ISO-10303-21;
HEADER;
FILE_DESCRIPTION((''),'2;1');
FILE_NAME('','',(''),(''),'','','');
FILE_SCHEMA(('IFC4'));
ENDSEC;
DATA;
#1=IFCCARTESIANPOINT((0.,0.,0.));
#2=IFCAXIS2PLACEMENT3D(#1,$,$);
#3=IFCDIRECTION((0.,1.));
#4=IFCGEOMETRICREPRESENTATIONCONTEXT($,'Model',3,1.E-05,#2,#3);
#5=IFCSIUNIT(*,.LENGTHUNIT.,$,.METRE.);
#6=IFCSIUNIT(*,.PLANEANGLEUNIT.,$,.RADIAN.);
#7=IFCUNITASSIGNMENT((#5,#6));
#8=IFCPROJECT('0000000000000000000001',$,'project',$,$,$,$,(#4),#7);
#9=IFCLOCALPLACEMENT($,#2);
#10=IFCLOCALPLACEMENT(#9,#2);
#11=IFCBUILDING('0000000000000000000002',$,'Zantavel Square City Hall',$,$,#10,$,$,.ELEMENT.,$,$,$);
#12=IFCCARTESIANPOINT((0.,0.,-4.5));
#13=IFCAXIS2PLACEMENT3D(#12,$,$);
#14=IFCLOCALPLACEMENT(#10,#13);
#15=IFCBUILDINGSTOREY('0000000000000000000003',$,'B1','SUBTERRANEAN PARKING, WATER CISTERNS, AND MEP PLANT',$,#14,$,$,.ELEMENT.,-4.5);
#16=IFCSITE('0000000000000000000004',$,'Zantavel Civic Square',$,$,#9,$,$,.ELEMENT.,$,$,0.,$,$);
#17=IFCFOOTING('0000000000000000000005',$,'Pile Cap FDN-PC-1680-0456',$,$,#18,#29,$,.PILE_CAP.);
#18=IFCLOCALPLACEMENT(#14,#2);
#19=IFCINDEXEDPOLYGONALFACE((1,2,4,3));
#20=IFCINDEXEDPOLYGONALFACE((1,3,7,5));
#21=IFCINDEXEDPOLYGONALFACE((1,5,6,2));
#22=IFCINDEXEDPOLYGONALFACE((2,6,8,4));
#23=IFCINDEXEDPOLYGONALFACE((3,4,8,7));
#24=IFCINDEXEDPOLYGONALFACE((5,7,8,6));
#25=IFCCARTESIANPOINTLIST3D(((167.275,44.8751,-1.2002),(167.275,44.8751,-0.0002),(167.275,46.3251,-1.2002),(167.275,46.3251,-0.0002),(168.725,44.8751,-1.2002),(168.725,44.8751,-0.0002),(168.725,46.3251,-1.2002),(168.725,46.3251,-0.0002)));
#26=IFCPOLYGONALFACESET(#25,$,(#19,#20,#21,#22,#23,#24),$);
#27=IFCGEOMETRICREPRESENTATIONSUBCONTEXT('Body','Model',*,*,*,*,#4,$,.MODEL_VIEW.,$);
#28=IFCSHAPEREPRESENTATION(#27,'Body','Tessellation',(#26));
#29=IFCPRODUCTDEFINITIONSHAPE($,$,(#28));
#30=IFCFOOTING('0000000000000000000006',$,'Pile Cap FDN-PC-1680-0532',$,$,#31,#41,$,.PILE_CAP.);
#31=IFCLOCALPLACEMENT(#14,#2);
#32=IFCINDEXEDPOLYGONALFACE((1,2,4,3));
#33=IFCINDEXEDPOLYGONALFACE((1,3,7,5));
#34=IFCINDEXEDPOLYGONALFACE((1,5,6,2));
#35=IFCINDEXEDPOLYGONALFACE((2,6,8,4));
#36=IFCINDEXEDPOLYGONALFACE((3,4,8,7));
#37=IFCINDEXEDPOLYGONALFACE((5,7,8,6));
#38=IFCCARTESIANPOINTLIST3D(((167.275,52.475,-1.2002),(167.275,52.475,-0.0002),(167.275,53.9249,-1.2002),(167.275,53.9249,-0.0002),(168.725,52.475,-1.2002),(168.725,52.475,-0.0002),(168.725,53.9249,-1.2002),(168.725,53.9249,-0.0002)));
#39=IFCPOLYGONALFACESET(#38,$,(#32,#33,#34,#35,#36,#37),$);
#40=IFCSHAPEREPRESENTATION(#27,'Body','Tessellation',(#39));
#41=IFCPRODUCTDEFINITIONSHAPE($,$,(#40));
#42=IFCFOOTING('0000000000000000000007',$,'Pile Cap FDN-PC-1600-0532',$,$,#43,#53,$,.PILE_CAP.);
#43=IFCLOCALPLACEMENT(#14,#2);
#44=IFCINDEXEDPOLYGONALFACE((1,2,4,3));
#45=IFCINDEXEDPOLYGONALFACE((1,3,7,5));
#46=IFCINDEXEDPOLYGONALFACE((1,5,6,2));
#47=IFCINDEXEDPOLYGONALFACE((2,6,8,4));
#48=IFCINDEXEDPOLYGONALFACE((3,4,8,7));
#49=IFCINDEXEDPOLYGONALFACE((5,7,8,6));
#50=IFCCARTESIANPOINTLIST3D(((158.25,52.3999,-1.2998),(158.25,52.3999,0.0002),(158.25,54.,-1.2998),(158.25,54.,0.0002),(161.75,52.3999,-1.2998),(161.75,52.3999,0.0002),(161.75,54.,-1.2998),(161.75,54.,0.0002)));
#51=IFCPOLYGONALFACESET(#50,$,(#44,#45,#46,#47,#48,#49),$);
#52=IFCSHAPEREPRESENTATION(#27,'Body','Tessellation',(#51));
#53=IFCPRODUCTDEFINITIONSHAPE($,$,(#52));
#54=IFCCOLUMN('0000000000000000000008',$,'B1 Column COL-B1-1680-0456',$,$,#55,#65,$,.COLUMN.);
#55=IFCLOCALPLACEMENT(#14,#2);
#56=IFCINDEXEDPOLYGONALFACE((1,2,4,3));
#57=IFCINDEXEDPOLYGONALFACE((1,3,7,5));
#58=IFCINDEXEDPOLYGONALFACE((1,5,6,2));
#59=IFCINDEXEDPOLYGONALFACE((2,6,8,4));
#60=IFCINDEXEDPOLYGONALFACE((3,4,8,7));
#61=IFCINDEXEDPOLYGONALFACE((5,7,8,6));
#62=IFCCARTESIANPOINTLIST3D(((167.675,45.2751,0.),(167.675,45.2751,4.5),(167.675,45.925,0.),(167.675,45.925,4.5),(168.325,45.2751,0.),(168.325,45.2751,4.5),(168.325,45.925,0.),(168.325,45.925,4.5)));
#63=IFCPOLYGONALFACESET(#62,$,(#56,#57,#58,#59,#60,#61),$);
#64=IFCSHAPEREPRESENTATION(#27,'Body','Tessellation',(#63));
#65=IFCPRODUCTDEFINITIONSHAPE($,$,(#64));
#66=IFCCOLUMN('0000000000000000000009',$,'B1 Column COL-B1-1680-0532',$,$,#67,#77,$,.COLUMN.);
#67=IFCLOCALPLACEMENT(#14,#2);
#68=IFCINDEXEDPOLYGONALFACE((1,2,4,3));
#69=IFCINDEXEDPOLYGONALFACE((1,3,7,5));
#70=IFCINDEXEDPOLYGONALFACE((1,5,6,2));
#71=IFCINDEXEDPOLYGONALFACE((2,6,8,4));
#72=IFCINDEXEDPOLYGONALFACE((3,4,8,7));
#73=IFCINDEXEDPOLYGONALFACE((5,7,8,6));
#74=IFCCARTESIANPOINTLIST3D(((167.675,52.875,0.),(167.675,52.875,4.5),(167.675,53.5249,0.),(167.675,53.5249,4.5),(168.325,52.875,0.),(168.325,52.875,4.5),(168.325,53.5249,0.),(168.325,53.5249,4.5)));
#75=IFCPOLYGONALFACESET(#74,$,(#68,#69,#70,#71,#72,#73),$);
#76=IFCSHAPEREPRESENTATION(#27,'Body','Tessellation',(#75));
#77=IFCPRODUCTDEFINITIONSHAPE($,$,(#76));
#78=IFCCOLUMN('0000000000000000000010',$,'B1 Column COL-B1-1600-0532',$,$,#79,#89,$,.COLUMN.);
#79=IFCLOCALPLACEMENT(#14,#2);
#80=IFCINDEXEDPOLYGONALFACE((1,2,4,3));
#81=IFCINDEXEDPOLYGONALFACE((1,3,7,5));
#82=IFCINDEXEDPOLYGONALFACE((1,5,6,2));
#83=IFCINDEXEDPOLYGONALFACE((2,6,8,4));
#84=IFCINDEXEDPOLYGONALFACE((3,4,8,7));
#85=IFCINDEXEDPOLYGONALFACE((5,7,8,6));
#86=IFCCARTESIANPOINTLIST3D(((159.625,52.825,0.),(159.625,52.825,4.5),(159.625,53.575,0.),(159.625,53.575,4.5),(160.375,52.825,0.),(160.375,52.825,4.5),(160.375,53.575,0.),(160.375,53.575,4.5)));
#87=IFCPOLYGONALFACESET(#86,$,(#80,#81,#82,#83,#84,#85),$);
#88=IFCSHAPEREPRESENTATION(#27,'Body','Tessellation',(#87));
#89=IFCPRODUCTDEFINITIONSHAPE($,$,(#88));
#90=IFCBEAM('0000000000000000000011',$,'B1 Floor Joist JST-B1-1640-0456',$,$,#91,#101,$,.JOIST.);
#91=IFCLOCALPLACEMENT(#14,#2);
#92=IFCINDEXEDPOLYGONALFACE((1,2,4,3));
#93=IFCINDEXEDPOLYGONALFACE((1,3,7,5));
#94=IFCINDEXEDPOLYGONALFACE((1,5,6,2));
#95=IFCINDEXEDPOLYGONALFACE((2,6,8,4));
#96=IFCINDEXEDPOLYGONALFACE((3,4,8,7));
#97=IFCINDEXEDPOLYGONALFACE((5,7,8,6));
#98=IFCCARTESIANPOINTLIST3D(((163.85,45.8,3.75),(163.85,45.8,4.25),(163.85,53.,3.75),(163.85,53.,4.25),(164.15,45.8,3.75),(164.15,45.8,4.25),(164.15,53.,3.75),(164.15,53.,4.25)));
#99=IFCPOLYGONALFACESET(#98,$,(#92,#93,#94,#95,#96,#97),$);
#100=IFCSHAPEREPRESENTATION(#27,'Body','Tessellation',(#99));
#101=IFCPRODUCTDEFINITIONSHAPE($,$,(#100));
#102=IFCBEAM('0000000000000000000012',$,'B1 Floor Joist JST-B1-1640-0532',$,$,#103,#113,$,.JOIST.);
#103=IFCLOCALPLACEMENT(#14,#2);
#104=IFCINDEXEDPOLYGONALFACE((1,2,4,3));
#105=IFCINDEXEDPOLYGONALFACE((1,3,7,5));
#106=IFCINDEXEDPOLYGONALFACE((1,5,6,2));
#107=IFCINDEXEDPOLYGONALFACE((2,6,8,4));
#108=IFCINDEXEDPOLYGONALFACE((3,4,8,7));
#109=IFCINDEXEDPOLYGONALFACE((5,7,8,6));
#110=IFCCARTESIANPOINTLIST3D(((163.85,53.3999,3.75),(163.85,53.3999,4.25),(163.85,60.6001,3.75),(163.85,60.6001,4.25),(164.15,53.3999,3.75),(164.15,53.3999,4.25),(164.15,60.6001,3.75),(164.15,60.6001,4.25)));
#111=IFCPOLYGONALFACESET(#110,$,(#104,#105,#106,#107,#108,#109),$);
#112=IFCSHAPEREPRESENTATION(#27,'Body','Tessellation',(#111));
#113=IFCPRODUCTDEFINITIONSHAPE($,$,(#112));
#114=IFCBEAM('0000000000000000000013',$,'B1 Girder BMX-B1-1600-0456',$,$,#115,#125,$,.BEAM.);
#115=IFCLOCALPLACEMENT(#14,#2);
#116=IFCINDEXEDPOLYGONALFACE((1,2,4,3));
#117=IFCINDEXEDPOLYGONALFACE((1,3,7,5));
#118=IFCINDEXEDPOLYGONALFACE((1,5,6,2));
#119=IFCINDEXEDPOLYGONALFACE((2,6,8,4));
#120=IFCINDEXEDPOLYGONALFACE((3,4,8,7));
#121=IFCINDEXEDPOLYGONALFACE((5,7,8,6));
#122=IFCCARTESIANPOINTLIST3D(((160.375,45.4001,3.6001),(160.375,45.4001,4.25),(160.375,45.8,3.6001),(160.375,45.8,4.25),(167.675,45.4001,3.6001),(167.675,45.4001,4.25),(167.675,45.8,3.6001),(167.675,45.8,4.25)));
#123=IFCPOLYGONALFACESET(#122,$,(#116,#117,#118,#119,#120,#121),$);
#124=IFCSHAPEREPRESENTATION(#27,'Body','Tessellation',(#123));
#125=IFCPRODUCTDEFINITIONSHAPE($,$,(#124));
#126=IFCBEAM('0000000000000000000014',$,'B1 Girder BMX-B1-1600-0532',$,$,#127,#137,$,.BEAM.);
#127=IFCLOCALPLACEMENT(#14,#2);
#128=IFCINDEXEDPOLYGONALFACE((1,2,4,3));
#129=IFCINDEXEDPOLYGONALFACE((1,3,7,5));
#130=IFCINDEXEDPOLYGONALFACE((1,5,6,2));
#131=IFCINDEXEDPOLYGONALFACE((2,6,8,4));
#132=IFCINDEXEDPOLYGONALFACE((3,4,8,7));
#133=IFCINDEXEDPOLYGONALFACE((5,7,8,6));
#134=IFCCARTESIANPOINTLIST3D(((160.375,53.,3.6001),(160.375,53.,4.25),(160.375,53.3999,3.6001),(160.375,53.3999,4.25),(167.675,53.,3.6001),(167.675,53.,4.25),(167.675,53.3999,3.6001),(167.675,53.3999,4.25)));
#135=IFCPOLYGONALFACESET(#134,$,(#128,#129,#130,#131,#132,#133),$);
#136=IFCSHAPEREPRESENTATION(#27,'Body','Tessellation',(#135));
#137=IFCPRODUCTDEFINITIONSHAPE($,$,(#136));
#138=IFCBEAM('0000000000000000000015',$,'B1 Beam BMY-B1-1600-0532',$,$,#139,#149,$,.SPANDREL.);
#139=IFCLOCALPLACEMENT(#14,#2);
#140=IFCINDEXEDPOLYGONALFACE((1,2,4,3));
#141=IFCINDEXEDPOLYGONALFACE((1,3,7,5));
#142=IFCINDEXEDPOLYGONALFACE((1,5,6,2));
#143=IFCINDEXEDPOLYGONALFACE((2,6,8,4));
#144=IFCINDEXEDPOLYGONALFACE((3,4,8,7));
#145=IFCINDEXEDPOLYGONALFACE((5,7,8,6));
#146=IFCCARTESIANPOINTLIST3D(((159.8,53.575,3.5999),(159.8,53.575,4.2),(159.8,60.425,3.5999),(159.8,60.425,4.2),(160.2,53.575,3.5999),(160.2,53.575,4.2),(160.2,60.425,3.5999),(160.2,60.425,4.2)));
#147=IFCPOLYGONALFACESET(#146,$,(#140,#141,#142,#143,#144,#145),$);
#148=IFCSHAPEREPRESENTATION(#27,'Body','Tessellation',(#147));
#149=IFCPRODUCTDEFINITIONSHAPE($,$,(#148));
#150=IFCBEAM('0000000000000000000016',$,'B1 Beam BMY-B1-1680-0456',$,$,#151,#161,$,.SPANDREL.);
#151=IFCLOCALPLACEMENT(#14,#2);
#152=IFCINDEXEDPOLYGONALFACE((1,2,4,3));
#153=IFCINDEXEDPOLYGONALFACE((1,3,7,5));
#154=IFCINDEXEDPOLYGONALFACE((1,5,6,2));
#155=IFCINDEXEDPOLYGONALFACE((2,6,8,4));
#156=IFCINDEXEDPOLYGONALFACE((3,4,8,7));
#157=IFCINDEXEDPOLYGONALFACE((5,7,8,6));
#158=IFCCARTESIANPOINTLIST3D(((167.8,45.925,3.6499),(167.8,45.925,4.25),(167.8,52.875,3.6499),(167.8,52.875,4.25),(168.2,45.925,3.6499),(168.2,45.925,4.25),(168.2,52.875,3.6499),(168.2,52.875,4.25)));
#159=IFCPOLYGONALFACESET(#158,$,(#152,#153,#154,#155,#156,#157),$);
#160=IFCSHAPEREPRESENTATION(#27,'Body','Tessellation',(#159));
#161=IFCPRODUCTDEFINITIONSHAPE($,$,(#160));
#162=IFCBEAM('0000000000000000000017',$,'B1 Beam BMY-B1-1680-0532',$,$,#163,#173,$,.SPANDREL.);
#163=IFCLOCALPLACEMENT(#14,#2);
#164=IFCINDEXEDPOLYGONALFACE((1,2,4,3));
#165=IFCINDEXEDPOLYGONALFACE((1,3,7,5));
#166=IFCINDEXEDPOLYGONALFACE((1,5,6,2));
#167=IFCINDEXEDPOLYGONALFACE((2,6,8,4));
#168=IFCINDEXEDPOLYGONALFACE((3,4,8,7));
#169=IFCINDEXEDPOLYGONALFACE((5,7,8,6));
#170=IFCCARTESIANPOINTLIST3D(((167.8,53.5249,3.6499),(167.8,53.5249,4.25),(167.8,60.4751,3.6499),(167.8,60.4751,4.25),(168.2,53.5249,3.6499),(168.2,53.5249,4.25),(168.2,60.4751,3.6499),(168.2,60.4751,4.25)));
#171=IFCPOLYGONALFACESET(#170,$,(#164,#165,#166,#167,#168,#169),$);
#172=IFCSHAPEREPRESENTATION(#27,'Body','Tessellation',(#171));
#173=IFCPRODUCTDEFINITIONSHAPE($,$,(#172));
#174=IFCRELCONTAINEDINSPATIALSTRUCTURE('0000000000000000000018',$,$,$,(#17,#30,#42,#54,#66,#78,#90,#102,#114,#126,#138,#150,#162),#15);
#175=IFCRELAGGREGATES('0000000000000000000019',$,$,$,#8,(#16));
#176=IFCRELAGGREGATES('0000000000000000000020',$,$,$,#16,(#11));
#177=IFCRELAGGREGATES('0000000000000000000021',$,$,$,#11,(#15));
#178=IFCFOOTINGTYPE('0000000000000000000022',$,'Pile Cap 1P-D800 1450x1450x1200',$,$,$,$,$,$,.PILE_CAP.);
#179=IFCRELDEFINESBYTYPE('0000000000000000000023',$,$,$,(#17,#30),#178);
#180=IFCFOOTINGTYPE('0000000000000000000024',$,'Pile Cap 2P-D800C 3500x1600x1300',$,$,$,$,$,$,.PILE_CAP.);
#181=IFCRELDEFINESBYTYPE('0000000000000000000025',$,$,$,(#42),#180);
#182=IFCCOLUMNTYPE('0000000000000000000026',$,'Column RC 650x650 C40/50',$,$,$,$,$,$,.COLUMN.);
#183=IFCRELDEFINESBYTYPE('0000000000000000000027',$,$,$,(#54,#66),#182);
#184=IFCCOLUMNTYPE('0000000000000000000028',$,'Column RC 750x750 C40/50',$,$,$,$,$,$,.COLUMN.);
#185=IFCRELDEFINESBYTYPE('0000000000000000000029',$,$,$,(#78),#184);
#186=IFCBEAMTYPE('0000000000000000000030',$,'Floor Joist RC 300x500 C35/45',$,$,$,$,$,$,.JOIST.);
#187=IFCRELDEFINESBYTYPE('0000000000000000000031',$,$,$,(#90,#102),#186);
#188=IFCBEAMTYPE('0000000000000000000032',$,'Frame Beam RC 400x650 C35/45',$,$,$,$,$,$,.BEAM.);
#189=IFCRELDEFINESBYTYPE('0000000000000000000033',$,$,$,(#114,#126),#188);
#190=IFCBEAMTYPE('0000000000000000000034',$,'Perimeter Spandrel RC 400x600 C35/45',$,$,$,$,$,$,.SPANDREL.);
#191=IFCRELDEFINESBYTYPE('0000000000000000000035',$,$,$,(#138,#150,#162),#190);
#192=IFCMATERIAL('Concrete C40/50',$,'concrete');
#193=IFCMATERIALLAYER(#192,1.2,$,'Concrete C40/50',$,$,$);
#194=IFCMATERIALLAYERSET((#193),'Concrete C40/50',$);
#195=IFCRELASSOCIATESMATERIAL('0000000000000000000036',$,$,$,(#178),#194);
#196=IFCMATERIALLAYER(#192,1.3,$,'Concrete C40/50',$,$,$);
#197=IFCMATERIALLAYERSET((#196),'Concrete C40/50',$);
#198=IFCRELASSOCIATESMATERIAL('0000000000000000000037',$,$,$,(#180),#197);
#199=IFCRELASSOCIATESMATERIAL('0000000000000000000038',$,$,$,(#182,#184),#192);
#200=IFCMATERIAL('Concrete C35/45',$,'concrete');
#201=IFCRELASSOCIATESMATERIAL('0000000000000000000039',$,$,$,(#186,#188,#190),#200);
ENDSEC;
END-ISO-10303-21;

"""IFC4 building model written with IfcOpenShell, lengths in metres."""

from ifc_helpers import new_model, si_unit, direction, frame, origin, origin_2d, place, context, subcontext, project, spatial, rectangle, extrude, material, layer, layer_set, material_profile, profile_set, type_object, element, save


model = new_model("IFC4")

# Units and contexts
model_context = context("Model", 3, precision=1e-05, world=origin(), true_north=direction((0.0, 1.0)))
body_context = subcontext(model_context, "Body", "Model", "MODEL_VIEW")
ifc_project = project(units=[si_unit("LENGTHUNIT", "METRE"), si_unit("PLANEANGLEUNIT", "RADIAN")], contexts=[model_context])

# Site, building, storey
site_placement = place(None, origin())
site = spatial("IfcSite", under=ifc_project, at=site_placement, Name="Zantavel Civic Square", CompositionType="ELEMENT", RefElevation=0.0)
building_placement = place(site_placement, origin())
building = spatial("IfcBuilding", under=site, at=building_placement, Name="Zantavel Square City Hall", CompositionType="ELEMENT")
storey_placement = place(building_placement, frame((0.0, 0.0, -4.5)))
storey = spatial("IfcBuildingStorey", under=building, at=storey_placement, Name="B1", Description="SUBTERRANEAN PARKING, WATER CISTERNS, AND MEP PLANT", CompositionType="ELEMENT", Elevation=-4.5)

# Shared definitions
ifc_material_1 = material(Name="Concrete C35/45", Category="concrete")

# Footings
ifc_material_2 = material(Name="Concrete C40/50", Category="concrete")
ifc_layer_1 = layer(ifc_material_2, 1.2, Name="Concrete C40/50")
ifc_layer_set_1 = layer_set([ifc_layer_1], Name="Concrete C40/50")
footing_type_1 = type_object("IfcFootingType", Name="Pile Cap 1P-D800 1450x1450x1200", PredefinedType="PILE_CAP", material=ifc_layer_set_1)
for number, where, z_axis, x_axis, name in (
    (1, (168.0, 45.6001, -1.2002), (0.0, 0.0, 1.0), (1.0, 0.0, 0.0), "Pile Cap FDN-PC-1680-0456"),
    (2, (168.0, 53.2, -1.2002), (0.0, 0.0, 1.0), (1.0, 0.0, 0.0), "Pile Cap FDN-PC-1680-0532"),
):
    element("IfcFooting", number, at=place(storey_placement, frame(where, z_axis=z_axis, x_axis=x_axis)), inside=storey, type_object=footing_type_1, Name=name, PredefinedType="PILE_CAP", context=body_context, shape_type="SweptSolid", body=[
        extrude(rectangle(XDim=1.45, YDim=1.45, at=origin_2d()), origin(), (0.0, 0.0, 1.0), 1.2),
    ])
ifc_layer_2 = layer(ifc_material_2, 1.3, Name="Concrete C40/50")
ifc_layer_set_2 = layer_set([ifc_layer_2], Name="Concrete C40/50")
footing_type_2 = type_object("IfcFootingType", Name="Pile Cap 2P-D800C 3500x1600x1300", PredefinedType="PILE_CAP", material=ifc_layer_set_2)
footing_1_placement = place(storey_placement, frame((160.0, 53.2, -1.2998), z_axis=(0.0, 0.0, 1.0), x_axis=(1.0, 0.0, 0.0)))
element("IfcFooting", 3, at=footing_1_placement, inside=storey, type_object=footing_type_2, Name="Pile Cap FDN-PC-1600-0532", PredefinedType="PILE_CAP", context=body_context, shape_type="SweptSolid", body=[
    extrude(rectangle(XDim=3.5, YDim=1.6001, at=origin_2d()), origin(), (0.0, 0.0, 1.0), 1.3),
])

# Columns
ifc_material_profile_1 = material_profile(ifc_material_2, rectangle(XDim=0.6499, YDim=0.6499, at=origin_2d()), Name="RC 650x650")
ifc_profile_set_1 = profile_set([ifc_material_profile_1], Name="Concrete C40/50")
column_type_1 = type_object("IfcColumnType", Name="Column RC 650x650 C40/50", PredefinedType="COLUMN", material=ifc_profile_set_1)
for number, where, z_axis, x_axis, name in (
    (4, (168.0, 45.6001, 0.0), (0.0, 0.0, 1.0), (1.0, 0.0, 0.0), "B1 Column COL-B1-1680-0456"),
    (5, (168.0, 53.2, 0.0), (0.0, 0.0, 1.0), (1.0, 0.0, 0.0), "B1 Column COL-B1-1680-0532"),
):
    element("IfcColumn", number, at=place(storey_placement, frame(where, z_axis=z_axis, x_axis=x_axis)), inside=storey, type_object=column_type_1, Name=name, PredefinedType="COLUMN", context=body_context, shape_type="SweptSolid", body=[
        extrude(rectangle(XDim=0.6499, YDim=0.6499, at=origin_2d()), origin(), (0.0, 0.0, 1.0), 4.5),
    ])
ifc_material_profile_2 = material_profile(ifc_material_2, rectangle(XDim=0.75, YDim=0.75, at=origin_2d()), Name="RC 750x750")
ifc_profile_set_2 = profile_set([ifc_material_profile_2], Name="Concrete C40/50")
column_type_2 = type_object("IfcColumnType", Name="Column RC 750x750 C40/50", PredefinedType="COLUMN", material=ifc_profile_set_2)
column_placement = place(storey_placement, frame((160.0, 53.2, 0.0), z_axis=(0.0, 0.0, 1.0), x_axis=(1.0, 0.0, 0.0)))
element("IfcColumn", 6, at=column_placement, inside=storey, type_object=column_type_2, Name="B1 Column COL-B1-1600-0532", PredefinedType="COLUMN", context=body_context, shape_type="SweptSolid", body=[
    extrude(rectangle(XDim=0.75, YDim=0.75, at=origin_2d()), origin(), (0.0, 0.0, 1.0), 4.5),
])

# Beams
ifc_material_profile_3 = material_profile(ifc_material_1, rectangle(XDim=0.3, YDim=0.5, at=origin_2d()), Name="RC 300x500")
ifc_profile_set_3 = profile_set([ifc_material_profile_3], Name="Concrete C35/45")
beam_type_1 = type_object("IfcBeamType", Name="Floor Joist RC 300x500 C35/45", PredefinedType="JOIST", material=ifc_profile_set_3)
beam_1_placement = place(storey_placement, frame((164.0, 45.8, 4.0), z_axis=(0.0, 1.0, 0.0), x_axis=(-1.0, 0.0, 0.0)))
element("IfcBeam", 7, at=beam_1_placement, inside=storey, type_object=beam_type_1, Name="B1 Floor Joist JST-B1-1640-0456", PredefinedType="JOIST", context=body_context, shape_type="SweptSolid", body=[
    extrude(rectangle(XDim=0.3, YDim=0.5, at=origin_2d()), origin(), (0.0, 0.0, 1.0), 7.2),
])
beam_2_placement = place(storey_placement, frame((164.0, 53.3999, 4.0), z_axis=(0.0, 1.0, 0.0), x_axis=(-1.0, 0.0, 0.0)))
element("IfcBeam", 8, at=beam_2_placement, inside=storey, type_object=beam_type_1, Name="B1 Floor Joist JST-B1-1640-0532", PredefinedType="JOIST", context=body_context, shape_type="SweptSolid", body=[
    extrude(rectangle(XDim=0.3, YDim=0.5, at=origin_2d()), origin(), (0.0, 0.0, 1.0), 7.2002),
])
ifc_material_profile_4 = material_profile(ifc_material_1, rectangle(XDim=0.3999, YDim=0.6499, at=origin_2d()), Name="RC 400x650")
ifc_profile_set_4 = profile_set([ifc_material_profile_4], Name="Concrete C35/45")
beam_type_2 = type_object("IfcBeamType", Name="Frame Beam RC 400x650 C35/45", PredefinedType="BEAM", material=ifc_profile_set_4)
for number, where, z_axis, x_axis, name in (
    (9, (160.375, 45.6001, 3.925), (1.0, 0.0, 0.0), (0.0, 1.0, 0.0), "B1 Girder BMX-B1-1600-0456"),
    (10, (160.375, 53.2, 3.925), (1.0, 0.0, 0.0), (0.0, 1.0, 0.0), "B1 Girder BMX-B1-1600-0532"),
):
    element("IfcBeam", number, at=place(storey_placement, frame(where, z_axis=z_axis, x_axis=x_axis)), inside=storey, type_object=beam_type_2, Name=name, PredefinedType="BEAM", context=body_context, shape_type="SweptSolid", body=[
        extrude(rectangle(XDim=0.3999, YDim=0.6499, at=origin_2d()), origin(), (0.0, 0.0, 1.0), 7.3),
    ])
ifc_material_profile_5 = material_profile(ifc_material_1, rectangle(XDim=0.3999, YDim=0.6001, at=origin_2d()), Name="RC 400x600")
ifc_profile_set_5 = profile_set([ifc_material_profile_5], Name="Concrete C35/45")
beam_type_3 = type_object("IfcBeamType", Name="Perimeter Spandrel RC 400x600 C35/45", PredefinedType="SPANDREL", material=ifc_profile_set_5)
beam_3_placement = place(storey_placement, frame((160.0, 53.575, 3.8999), z_axis=(0.0, 1.0, 0.0), x_axis=(-1.0, 0.0, 0.0)))
element("IfcBeam", 11, at=beam_3_placement, inside=storey, type_object=beam_type_3, Name="B1 Beam BMY-B1-1600-0532", PredefinedType="SPANDREL", context=body_context, shape_type="SweptSolid", body=[
    extrude(rectangle(XDim=0.3999, YDim=0.6001, at=origin_2d()), origin(), (0.0, 0.0, 1.0), 6.8501),
])
beam_4_placement = place(storey_placement, frame((168.0, 45.925, 3.95), z_axis=(0.0, 1.0, 0.0), x_axis=(-1.0, 0.0, 0.0)))
element("IfcBeam", 12, at=beam_4_placement, inside=storey, type_object=beam_type_3, Name="B1 Beam BMY-B1-1680-0456", PredefinedType="SPANDREL", context=body_context, shape_type="SweptSolid", body=[
    extrude(rectangle(XDim=0.3999, YDim=0.6001, at=origin_2d()), origin(), (0.0, 0.0, 1.0), 6.95),
])
beam_5_placement = place(storey_placement, frame((168.0, 53.5249, 3.95), z_axis=(0.0, 1.0, 0.0), x_axis=(-1.0, 0.0, 0.0)))
element("IfcBeam", 13, at=beam_5_placement, inside=storey, type_object=beam_type_3, Name="B1 Beam BMY-B1-1680-0532", PredefinedType="SPANDREL", context=body_context, shape_type="SweptSolid", body=[
    extrude(rectangle(XDim=0.3999, YDim=0.6001, at=origin_2d()), origin(), (0.0, 0.0, 1.0), 6.9502),
])

save(model, "model.ifc")
